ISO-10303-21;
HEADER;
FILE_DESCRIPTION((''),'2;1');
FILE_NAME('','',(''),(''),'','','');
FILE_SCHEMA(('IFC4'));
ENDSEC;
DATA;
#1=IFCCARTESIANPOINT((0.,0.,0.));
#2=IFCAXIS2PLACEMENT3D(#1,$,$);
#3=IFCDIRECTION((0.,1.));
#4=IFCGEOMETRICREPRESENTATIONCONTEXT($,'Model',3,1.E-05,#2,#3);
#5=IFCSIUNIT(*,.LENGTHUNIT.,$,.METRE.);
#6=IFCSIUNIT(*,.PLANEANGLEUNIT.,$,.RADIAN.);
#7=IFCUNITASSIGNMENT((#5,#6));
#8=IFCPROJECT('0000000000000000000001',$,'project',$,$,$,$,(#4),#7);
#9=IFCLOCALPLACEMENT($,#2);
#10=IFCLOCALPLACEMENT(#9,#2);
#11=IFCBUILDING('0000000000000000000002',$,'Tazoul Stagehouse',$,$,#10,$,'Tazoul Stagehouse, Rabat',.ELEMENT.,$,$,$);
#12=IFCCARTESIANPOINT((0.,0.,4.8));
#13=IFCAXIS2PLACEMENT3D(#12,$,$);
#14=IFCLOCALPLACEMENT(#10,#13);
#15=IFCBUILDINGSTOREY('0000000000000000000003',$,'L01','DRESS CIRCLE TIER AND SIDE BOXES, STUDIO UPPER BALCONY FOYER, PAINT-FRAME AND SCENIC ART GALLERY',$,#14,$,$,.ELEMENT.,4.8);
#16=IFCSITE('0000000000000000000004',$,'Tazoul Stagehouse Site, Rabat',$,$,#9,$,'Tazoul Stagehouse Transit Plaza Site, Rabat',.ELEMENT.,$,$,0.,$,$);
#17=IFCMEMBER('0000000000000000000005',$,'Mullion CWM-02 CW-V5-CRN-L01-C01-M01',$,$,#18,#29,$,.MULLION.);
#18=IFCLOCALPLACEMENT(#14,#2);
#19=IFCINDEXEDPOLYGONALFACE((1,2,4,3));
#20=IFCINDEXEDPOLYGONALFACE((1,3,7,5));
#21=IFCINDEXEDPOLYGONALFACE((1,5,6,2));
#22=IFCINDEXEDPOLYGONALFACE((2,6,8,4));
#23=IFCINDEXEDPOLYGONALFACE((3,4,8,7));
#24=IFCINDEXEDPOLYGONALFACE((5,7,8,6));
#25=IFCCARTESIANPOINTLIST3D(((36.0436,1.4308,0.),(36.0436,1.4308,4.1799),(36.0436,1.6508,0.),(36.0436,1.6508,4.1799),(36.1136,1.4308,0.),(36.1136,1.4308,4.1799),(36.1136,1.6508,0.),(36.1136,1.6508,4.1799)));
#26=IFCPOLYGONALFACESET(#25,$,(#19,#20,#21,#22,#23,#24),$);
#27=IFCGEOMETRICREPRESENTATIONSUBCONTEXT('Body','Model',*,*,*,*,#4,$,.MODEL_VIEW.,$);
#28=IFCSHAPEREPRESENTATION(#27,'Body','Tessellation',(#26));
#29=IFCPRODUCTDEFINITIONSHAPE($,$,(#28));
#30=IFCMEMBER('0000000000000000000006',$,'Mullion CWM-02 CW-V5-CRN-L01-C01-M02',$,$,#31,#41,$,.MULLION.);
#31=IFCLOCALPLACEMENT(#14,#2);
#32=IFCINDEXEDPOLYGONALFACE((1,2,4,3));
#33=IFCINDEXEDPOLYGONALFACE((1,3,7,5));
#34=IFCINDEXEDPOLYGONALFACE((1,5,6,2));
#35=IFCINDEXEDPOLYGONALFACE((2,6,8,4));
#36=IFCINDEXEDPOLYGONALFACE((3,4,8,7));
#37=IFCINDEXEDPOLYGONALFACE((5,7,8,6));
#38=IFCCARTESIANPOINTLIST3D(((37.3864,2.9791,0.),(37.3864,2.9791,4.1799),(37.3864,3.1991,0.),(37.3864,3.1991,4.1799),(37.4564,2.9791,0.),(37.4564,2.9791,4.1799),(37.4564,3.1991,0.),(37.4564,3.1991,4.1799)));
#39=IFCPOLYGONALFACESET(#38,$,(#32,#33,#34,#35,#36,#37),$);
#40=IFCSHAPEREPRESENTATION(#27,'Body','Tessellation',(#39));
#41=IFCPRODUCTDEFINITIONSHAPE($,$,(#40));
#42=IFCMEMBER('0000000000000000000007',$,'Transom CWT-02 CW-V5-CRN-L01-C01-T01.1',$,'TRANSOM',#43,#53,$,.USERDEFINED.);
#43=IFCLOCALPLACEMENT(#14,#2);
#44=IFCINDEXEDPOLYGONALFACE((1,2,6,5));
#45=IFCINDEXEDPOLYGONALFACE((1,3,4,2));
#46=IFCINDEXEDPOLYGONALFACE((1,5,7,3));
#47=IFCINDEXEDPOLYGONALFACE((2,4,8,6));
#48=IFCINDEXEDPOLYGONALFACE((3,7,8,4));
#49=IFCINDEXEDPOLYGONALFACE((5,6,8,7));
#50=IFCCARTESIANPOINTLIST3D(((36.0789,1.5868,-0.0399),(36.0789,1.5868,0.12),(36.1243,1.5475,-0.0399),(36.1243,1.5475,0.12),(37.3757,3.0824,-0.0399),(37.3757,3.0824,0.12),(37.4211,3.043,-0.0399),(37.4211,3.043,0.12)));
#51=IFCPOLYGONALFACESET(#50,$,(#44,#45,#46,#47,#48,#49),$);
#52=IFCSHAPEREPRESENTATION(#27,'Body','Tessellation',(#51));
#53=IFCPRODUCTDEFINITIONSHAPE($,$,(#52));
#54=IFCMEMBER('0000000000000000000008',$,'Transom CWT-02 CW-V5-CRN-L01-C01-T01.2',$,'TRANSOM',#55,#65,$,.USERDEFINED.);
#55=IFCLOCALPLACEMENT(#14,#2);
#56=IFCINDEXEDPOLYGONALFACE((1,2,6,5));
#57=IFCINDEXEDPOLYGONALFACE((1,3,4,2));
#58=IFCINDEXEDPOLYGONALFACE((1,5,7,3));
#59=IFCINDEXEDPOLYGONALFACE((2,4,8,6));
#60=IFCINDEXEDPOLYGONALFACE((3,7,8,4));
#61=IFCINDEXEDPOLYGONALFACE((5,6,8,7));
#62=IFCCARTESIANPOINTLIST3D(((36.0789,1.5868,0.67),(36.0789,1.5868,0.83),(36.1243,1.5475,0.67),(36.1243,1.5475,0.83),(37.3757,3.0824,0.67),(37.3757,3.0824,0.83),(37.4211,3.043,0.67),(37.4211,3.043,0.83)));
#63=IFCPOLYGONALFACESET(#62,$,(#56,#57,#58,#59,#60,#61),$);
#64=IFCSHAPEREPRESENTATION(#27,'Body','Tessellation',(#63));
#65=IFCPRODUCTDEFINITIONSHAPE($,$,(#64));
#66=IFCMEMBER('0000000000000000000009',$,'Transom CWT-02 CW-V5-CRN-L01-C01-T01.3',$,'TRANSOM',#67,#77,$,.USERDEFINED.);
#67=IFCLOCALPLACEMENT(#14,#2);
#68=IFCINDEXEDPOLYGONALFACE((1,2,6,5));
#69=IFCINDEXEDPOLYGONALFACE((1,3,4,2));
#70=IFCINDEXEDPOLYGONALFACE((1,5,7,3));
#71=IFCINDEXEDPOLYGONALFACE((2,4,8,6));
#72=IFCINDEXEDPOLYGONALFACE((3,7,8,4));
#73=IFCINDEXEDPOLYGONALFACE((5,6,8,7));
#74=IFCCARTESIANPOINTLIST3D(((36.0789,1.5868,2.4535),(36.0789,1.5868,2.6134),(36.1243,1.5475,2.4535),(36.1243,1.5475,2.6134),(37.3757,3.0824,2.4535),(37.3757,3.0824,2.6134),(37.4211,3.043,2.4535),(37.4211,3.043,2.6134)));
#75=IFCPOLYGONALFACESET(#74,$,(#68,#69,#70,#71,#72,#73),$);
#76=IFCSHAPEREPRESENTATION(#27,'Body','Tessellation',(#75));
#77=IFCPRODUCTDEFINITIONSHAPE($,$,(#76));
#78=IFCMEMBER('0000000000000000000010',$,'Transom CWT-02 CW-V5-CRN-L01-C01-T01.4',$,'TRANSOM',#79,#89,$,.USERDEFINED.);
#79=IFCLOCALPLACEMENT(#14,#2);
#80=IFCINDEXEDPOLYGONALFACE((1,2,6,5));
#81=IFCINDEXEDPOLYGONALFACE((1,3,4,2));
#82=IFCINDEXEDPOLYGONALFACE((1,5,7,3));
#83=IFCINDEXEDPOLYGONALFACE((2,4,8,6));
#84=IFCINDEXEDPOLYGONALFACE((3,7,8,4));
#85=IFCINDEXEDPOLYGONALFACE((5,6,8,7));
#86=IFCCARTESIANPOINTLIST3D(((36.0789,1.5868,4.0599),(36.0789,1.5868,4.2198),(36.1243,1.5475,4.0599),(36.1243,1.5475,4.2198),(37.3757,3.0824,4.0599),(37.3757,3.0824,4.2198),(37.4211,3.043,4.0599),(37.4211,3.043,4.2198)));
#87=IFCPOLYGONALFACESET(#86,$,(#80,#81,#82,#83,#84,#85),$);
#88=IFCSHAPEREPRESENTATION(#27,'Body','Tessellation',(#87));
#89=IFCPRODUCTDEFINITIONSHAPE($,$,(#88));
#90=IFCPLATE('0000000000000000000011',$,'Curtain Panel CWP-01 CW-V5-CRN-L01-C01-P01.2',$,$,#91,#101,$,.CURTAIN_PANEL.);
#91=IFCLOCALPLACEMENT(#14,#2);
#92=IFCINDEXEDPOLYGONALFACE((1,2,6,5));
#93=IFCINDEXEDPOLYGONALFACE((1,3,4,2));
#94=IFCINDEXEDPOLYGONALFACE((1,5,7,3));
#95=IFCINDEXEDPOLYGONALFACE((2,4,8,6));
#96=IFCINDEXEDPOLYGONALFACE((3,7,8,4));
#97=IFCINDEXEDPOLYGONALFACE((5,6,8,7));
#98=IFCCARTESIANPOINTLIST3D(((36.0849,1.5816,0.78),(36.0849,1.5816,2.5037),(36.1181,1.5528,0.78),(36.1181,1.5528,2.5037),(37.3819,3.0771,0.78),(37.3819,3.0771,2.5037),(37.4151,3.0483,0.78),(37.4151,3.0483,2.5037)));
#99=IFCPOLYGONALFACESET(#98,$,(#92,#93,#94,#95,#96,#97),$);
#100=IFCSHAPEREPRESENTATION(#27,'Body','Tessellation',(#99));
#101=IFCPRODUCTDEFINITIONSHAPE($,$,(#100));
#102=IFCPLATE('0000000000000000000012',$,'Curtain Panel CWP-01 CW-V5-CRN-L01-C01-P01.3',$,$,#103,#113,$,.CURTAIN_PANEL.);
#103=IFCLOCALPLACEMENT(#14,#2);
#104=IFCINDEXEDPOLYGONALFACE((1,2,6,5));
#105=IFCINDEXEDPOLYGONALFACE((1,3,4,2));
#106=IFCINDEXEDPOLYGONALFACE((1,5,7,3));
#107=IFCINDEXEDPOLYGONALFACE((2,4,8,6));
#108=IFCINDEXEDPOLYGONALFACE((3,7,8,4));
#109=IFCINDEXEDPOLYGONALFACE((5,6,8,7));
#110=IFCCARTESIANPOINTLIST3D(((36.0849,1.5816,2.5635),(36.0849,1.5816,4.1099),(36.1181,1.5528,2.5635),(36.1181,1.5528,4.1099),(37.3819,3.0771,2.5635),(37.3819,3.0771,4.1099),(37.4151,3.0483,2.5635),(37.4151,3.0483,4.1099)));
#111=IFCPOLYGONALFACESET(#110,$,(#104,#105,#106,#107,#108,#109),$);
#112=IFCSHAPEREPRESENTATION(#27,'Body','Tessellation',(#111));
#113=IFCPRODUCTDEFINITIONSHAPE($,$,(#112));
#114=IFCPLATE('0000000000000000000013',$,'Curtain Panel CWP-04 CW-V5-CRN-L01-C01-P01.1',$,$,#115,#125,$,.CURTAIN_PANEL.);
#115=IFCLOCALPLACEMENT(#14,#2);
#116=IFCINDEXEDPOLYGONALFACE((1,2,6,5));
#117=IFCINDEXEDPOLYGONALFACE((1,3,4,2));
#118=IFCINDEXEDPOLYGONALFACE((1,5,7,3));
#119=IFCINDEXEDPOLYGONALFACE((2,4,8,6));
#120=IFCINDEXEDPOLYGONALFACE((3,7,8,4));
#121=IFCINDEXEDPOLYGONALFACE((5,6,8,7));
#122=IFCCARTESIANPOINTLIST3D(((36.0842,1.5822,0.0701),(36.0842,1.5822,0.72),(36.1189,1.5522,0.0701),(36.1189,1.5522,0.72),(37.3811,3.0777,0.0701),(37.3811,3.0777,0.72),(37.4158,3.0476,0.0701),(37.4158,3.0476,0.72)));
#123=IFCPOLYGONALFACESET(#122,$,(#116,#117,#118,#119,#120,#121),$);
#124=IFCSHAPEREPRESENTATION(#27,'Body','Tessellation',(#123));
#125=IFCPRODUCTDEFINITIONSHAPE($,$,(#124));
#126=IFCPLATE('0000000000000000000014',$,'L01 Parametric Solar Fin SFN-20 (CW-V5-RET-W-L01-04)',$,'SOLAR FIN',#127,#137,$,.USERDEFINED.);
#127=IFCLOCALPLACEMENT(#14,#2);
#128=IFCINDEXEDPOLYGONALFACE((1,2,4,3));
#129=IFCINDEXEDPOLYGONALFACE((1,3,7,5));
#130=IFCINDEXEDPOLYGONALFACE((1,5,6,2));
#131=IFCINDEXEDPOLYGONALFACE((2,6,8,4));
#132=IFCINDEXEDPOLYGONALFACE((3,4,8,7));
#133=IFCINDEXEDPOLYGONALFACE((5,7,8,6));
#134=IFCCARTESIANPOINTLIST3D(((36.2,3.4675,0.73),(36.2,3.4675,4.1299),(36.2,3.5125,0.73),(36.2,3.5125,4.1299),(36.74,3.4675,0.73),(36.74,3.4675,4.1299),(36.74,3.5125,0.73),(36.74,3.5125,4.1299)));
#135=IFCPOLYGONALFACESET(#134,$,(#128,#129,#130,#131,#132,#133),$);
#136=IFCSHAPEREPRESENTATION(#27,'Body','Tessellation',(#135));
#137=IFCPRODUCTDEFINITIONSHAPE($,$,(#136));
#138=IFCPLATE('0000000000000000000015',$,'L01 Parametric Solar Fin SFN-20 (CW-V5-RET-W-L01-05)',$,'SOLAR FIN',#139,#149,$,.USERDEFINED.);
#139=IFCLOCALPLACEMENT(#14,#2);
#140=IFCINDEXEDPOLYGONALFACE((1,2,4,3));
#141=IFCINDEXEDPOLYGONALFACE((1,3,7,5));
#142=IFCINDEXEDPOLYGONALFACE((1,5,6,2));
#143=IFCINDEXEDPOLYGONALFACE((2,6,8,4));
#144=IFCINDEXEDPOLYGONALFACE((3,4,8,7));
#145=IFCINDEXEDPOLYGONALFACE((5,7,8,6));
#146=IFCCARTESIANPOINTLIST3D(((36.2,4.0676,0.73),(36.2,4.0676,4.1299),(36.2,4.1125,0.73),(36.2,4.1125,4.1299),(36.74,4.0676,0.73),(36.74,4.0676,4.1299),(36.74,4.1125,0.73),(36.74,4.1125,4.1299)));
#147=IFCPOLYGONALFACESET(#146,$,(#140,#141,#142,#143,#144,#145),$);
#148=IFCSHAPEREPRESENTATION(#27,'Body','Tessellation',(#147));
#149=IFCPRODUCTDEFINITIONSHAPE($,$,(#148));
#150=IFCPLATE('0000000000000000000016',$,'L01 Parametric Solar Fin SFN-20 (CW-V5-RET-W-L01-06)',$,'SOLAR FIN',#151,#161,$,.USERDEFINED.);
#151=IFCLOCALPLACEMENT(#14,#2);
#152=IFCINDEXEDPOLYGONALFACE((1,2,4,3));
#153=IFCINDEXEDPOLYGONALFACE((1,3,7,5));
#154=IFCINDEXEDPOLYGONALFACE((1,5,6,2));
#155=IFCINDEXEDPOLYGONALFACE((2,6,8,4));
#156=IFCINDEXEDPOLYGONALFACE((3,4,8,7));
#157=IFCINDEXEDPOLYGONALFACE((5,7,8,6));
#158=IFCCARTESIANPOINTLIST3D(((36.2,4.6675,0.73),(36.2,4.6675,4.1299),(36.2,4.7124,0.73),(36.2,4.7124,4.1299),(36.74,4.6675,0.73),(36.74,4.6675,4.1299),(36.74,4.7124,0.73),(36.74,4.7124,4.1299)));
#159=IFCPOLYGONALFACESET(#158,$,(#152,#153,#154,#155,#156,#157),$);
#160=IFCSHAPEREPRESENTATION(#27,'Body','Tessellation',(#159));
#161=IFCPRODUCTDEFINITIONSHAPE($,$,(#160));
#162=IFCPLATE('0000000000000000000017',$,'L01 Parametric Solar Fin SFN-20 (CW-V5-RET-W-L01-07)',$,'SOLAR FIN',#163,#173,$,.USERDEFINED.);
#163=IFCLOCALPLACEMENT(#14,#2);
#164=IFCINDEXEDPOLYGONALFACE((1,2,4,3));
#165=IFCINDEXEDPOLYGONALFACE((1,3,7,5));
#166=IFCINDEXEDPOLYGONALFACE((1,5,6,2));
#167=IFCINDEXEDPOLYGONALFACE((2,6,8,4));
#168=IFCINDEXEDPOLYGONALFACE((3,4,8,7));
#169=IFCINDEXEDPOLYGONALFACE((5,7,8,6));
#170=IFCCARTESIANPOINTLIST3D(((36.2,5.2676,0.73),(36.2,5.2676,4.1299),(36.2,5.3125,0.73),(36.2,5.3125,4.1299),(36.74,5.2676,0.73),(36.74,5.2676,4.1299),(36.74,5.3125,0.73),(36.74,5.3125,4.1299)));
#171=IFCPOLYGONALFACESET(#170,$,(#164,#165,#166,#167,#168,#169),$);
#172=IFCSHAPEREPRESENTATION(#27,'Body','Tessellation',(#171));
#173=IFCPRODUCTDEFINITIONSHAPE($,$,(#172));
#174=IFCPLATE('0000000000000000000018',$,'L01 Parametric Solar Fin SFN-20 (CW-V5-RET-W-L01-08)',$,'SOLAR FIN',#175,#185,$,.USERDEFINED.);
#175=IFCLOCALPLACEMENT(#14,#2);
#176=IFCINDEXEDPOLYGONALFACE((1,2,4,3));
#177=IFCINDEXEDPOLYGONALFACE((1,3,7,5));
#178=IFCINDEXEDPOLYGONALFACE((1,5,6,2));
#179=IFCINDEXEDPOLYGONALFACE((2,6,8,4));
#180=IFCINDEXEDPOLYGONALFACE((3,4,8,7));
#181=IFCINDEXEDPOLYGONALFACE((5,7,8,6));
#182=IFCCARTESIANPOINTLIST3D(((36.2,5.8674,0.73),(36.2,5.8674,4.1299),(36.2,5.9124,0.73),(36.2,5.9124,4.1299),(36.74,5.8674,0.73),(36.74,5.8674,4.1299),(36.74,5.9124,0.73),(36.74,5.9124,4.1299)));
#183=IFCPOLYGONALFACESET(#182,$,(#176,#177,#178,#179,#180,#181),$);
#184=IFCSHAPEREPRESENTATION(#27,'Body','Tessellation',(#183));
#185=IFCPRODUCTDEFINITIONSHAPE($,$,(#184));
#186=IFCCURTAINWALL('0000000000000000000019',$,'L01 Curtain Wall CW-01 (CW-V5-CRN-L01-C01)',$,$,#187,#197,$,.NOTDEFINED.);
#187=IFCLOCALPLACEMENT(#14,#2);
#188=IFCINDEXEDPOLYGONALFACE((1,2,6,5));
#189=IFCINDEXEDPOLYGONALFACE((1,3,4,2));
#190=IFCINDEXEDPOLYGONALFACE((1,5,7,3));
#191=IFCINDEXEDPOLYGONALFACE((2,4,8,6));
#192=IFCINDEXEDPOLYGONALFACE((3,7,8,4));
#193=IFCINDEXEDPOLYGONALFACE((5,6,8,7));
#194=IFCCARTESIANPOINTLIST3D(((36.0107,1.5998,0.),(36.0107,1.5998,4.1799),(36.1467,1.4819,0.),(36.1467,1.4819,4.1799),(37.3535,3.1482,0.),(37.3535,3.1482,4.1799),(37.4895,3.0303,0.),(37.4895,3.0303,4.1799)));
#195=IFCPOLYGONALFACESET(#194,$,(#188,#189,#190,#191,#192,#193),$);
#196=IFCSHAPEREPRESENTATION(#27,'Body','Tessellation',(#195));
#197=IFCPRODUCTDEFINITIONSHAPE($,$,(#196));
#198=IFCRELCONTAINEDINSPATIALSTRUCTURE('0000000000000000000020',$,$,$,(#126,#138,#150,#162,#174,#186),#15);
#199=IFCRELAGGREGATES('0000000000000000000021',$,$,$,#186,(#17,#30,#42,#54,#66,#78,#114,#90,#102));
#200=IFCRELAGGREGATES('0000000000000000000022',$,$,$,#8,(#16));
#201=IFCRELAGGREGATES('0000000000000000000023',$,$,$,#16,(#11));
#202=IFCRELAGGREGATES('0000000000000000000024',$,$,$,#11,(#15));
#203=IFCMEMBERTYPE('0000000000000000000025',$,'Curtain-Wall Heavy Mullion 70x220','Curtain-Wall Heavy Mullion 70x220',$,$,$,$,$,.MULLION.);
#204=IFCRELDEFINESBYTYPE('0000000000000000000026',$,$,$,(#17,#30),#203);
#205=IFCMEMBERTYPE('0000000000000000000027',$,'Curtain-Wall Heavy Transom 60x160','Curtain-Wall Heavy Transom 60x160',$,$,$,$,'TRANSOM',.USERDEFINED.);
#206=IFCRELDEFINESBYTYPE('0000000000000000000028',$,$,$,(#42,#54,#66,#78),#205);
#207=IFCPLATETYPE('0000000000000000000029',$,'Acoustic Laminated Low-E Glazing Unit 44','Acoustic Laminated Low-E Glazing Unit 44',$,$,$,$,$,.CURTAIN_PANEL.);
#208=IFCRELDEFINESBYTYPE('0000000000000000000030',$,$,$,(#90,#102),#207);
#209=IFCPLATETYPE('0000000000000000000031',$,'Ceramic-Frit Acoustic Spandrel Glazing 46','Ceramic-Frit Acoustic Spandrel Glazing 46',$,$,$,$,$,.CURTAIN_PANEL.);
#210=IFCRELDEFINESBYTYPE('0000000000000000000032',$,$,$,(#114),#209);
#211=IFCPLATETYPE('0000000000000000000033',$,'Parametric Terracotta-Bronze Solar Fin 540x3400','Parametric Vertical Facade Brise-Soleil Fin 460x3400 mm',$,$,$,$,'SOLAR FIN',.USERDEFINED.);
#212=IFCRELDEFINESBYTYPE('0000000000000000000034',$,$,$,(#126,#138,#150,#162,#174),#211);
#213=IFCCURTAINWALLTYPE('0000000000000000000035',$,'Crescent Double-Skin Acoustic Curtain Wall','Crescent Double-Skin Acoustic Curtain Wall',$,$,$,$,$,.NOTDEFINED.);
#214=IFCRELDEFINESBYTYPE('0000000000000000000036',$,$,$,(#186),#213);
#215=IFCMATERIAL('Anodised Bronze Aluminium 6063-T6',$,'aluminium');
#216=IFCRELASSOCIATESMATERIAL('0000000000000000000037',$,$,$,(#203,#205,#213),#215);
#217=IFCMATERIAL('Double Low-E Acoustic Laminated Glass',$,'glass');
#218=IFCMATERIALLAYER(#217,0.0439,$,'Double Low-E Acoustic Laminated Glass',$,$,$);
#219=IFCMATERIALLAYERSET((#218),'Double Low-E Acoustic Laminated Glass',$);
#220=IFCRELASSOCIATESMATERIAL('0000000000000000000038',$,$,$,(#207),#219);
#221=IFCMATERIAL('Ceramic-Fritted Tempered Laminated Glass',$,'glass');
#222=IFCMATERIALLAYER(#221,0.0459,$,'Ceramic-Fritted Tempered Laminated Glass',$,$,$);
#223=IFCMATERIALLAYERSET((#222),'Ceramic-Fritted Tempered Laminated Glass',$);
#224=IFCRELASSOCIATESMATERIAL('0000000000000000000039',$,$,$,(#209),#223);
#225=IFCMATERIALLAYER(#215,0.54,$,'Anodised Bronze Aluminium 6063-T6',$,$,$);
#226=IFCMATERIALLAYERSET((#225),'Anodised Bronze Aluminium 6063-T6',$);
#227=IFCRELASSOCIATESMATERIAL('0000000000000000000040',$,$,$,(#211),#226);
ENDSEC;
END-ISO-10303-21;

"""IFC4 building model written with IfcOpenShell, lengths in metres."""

from ifc_helpers import new_model, si_unit, direction, frame, frame_2d, origin, origin_2d, place, context, subcontext, project, spatial, rectangle, extrude, material, layer, layer_set, material_profile, profile_set, type_object, element, aggregate, save


model = new_model("IFC4")

# Units and contexts
model_context = context("Model", 3, precision=1e-05, world=origin(), true_north=direction((0.0, 1.0)))
body_context = subcontext(model_context, "Body", "Model", "MODEL_VIEW")
ifc_project = project(units=[si_unit("LENGTHUNIT", "METRE"), si_unit("PLANEANGLEUNIT", "RADIAN")], contexts=[model_context])

# Members
ifc_material_1 = material(Name="Anodised Bronze Aluminium 6063-T6", Category="aluminium")
ifc_material_profile_1 = material_profile(ifc_material_1, rectangle(XDim=0.0701, YDim=0.22, at=origin_2d()), Name="ALU MULLION 70x220")
ifc_profile_set_1 = profile_set([ifc_material_profile_1], Name="Anodised Bronze Aluminium 6063-T6")
member_type_1 = type_object("IfcMemberType", Name="Curtain-Wall Heavy Mullion 70x220", Description="Curtain-Wall Heavy Mullion 70x220", PredefinedType="MULLION", material=ifc_profile_set_1)
site_placement = place(None, origin())
building_placement = place(site_placement, origin())
storey_placement = place(building_placement, frame((0.0, 0.0, 4.8)))
member_1_placement = place(storey_placement, frame((36.0786, 1.5408, 0.0), z_axis=(0.0, 0.0, 1.0), x_axis=(1.0, 0.0, 0.0)))
member_1 = element("IfcMember", 1, at=member_1_placement, type_object=member_type_1, Name="Mullion CWM-02 CW-V5-CRN-L01-C01-M01", PredefinedType="MULLION", context=body_context, shape_type="SweptSolid", body=[
    extrude(rectangle(XDim=0.0701, YDim=0.22, at=origin_2d()), origin(), (0.0, 0.0, 1.0), 4.1799),
])
member_2_placement = place(storey_placement, frame((37.4214, 3.0891, 0.0), z_axis=(0.0, 0.0, 1.0), x_axis=(1.0, 0.0, 0.0)))
member_2 = element("IfcMember", 2, at=member_2_placement, type_object=member_type_1, Name="Mullion CWM-02 CW-V5-CRN-L01-C01-M02", PredefinedType="MULLION", context=body_context, shape_type="SweptSolid", body=[
    extrude(rectangle(XDim=0.0701, YDim=0.22, at=origin_2d()), origin(), (0.0, 0.0, 1.0), 4.1799),
])
ifc_material_profile_2 = material_profile(ifc_material_1, rectangle(XDim=0.0601, YDim=0.1599, at=origin_2d()), Name="ALU TRANSOM 60x160")
ifc_profile_set_2 = profile_set([ifc_material_profile_2], Name="Anodised Bronze Aluminium 6063-T6")
member_type_2 = type_object("IfcMemberType", Name="Curtain-Wall Heavy Transom 60x160", Description="Curtain-Wall Heavy Transom 60x160", ElementType="TRANSOM", PredefinedType="USERDEFINED", material=ifc_profile_set_2)
member_3_placement = place(storey_placement, frame((36.1016, 1.5671, 0.04), z_axis=(0.655128, 0.755518, 0.0), x_axis=(-0.755518, 0.655128, 0.0)))
member_3 = element("IfcMember", 3, at=member_3_placement, type_object=member_type_2, Name="Transom CWT-02 CW-V5-CRN-L01-C01-T01.1", ObjectType="TRANSOM", PredefinedType="USERDEFINED", context=body_context, shape_type="SweptSolid", body=[
    extrude(rectangle(XDim=0.0601, YDim=0.1599, at=origin_2d()), origin(), (0.0, 0.0, 1.0), 1.9795),
])
member_4_placement = place(storey_placement, frame((36.1016, 1.5671, 0.75), z_axis=(0.655128, 0.755518, 0.0), x_axis=(-0.755518, 0.655128, 0.0)))
member_4 = element("IfcMember", 4, at=member_4_placement, type_object=member_type_2, Name="Transom CWT-02 CW-V5-CRN-L01-C01-T01.2", ObjectType="TRANSOM", PredefinedType="USERDEFINED", context=body_context, shape_type="SweptSolid", body=[
    extrude(rectangle(XDim=0.0601, YDim=0.1599, at=origin_2d()), origin(), (0.0, 0.0, 1.0), 1.9795),
])
member_5_placement = place(storey_placement, frame((36.1016, 1.5671, 2.5334), z_axis=(0.655128, 0.755518, 0.0), x_axis=(-0.755518, 0.655128, 0.0)))
member_5 = element("IfcMember", 5, at=member_5_placement, type_object=member_type_2, Name="Transom CWT-02 CW-V5-CRN-L01-C01-T01.3", ObjectType="TRANSOM", PredefinedType="USERDEFINED", context=body_context, shape_type="SweptSolid", body=[
    extrude(rectangle(XDim=0.0601, YDim=0.1599, at=origin_2d()), origin(), (0.0, 0.0, 1.0), 1.9795),
])
member_6_placement = place(storey_placement, frame((36.1016, 1.5671, 4.1399), z_axis=(0.655128, 0.755518, 0.0), x_axis=(-0.755518, 0.655128, 0.0)))
member_6 = element("IfcMember", 6, at=member_6_placement, type_object=member_type_2, Name="Transom CWT-02 CW-V5-CRN-L01-C01-T01.4", ObjectType="TRANSOM", PredefinedType="USERDEFINED", context=body_context, shape_type="SweptSolid", body=[
    extrude(rectangle(XDim=0.0601, YDim=0.1599, at=origin_2d()), origin(), (0.0, 0.0, 1.0), 1.9795),
])

# Plates
ifc_material_2 = material(Name="Double Low-E Acoustic Laminated Glass", Category="glass")
ifc_layer_1 = layer(ifc_material_2, 0.0439, Name="Double Low-E Acoustic Laminated Glass")
ifc_layer_set_1 = layer_set([ifc_layer_1], Name="Double Low-E Acoustic Laminated Glass")
plate_type_1 = type_object("IfcPlateType", Name="Acoustic Laminated Low-E Glazing Unit 44", Description="Acoustic Laminated Low-E Glazing Unit 44", PredefinedType="CURTAIN_PANEL", material=ifc_layer_set_1)
plate_1_placement = place(storey_placement, frame((36.75, 2.3149, 0.78), z_axis=(0.0, 0.0, 1.0), x_axis=(0.655168, 0.755483, 0.0)))
plate_1 = element("IfcPlate", 7, at=plate_1_placement, type_object=plate_type_1, Name="Curtain Panel CWP-01 CW-V5-CRN-L01-C01-P01.2", PredefinedType="CURTAIN_PANEL", context=body_context, shape_type="SweptSolid", body=[
    extrude(rectangle(XDim=1.9795, YDim=0.0439, at=origin_2d()), origin(), (0.0, 0.0, 1.0), 1.7236),
])
plate_2_placement = place(storey_placement, frame((36.75, 2.3149, 2.5635), z_axis=(0.0, 0.0, 1.0), x_axis=(0.655168, 0.755483, 0.0)))
plate_2 = element("IfcPlate", 8, at=plate_2_placement, type_object=plate_type_1, Name="Curtain Panel CWP-01 CW-V5-CRN-L01-C01-P01.3", PredefinedType="CURTAIN_PANEL", context=body_context, shape_type="SweptSolid", body=[
    extrude(rectangle(XDim=1.9795, YDim=0.0439, at=origin_2d()), origin(), (0.0, 0.0, 1.0), 1.5464),
])
ifc_material_3 = material(Name="Ceramic-Fritted Tempered Laminated Glass", Category="glass")
ifc_layer_2 = layer(ifc_material_3, 0.0459, Name="Ceramic-Fritted Tempered Laminated Glass")
ifc_layer_set_2 = layer_set([ifc_layer_2], Name="Ceramic-Fritted Tempered Laminated Glass")
plate_type_2 = type_object("IfcPlateType", Name="Ceramic-Frit Acoustic Spandrel Glazing 46", Description="Ceramic-Frit Acoustic Spandrel Glazing 46", PredefinedType="CURTAIN_PANEL", material=ifc_layer_set_2)
plate_3_placement = place(storey_placement, frame((36.75, 2.3149, 0.0701), z_axis=(0.0, 0.0, 1.0), x_axis=(0.655168, 0.755483, 0.0)))
plate_3 = element("IfcPlate", 9, at=plate_3_placement, type_object=plate_type_2, Name="Curtain Panel CWP-04 CW-V5-CRN-L01-C01-P01.1", PredefinedType="CURTAIN_PANEL", context=body_context, shape_type="SweptSolid", body=[
    extrude(rectangle(XDim=1.9795, YDim=0.0459, at=origin_2d()), origin(), (0.0, 0.0, 1.0), 0.6499),
])

# Site, building, storey
site = spatial("IfcSite", under=ifc_project, at=site_placement, Name="Tazoul Stagehouse Site, Rabat", LongName="Tazoul Stagehouse Transit Plaza Site, Rabat", CompositionType="ELEMENT", RefElevation=0.0)
building = spatial("IfcBuilding", under=site, at=building_placement, Name="Tazoul Stagehouse", LongName="Tazoul Stagehouse, Rabat", CompositionType="ELEMENT")
storey = spatial("IfcBuildingStorey", under=building, at=storey_placement, Name="L01", Description="DRESS CIRCLE TIER AND SIDE BOXES, STUDIO UPPER BALCONY FOYER, PAINT-FRAME AND SCENIC ART GALLERY", CompositionType="ELEMENT", Elevation=4.8)

# Plates
ifc_layer_3 = layer(ifc_material_1, 0.54, Name="Anodised Bronze Aluminium 6063-T6")
ifc_layer_set_3 = layer_set([ifc_layer_3], Name="Anodised Bronze Aluminium 6063-T6")
plate_type_3 = type_object("IfcPlateType", Name="Parametric Terracotta-Bronze Solar Fin 540x3400", Description="Parametric Vertical Facade Brise-Soleil Fin 460x3400 mm", ElementType="SOLAR FIN", PredefinedType="USERDEFINED", material=ifc_layer_set_3)
for number, where, z_axis, x_axis, name in (
    (10, (36.47, 3.49, 0.73), (0.0, 0.0, 1.0), (0.0, 1.0, 0.0), "L01 Parametric Solar Fin SFN-20 (CW-V5-RET-W-L01-04)"),
    (11, (36.47, 4.0901, 0.73), (0.0, 0.0, 1.0), (0.0, 1.0, 0.0), "L01 Parametric Solar Fin SFN-20 (CW-V5-RET-W-L01-05)"),
    (12, (36.47, 4.6899, 0.73), (0.0, 0.0, 1.0), (0.0, 1.0, 0.0), "L01 Parametric Solar Fin SFN-20 (CW-V5-RET-W-L01-06)"),
    (13, (36.47, 5.29, 0.73), (0.0, 0.0, 1.0), (0.0, 1.0, 0.0), "L01 Parametric Solar Fin SFN-20 (CW-V5-RET-W-L01-07)"),
    (14, (36.47, 5.8899, 0.73), (0.0, 0.0, 1.0), (0.0, 1.0, 0.0), "L01 Parametric Solar Fin SFN-20 (CW-V5-RET-W-L01-08)"),
):
    element("IfcPlate", number, at=place(storey_placement, frame(where, z_axis=z_axis, x_axis=x_axis)), inside=storey, type_object=plate_type_3, Name=name, ObjectType="SOLAR FIN", PredefinedType="USERDEFINED", context=body_context, shape_type="SweptSolid", body=[
        extrude(rectangle(XDim=0.0449, YDim=0.54, at=origin_2d()), origin(), (0.0, 0.0, 1.0), 3.3999),
    ])

# Curtain wall
curtain_wall_type = type_object("IfcCurtainWallType", Name="Crescent Double-Skin Acoustic Curtain Wall", Description="Crescent Double-Skin Acoustic Curtain Wall", PredefinedType="NOTDEFINED", material=ifc_material_1)
curtain_wall_placement = place(storey_placement, frame((36.0786, 1.5408, 0.0), z_axis=(0.0, 0.0, 1.0), x_axis=(0.655175, 0.755477, 0.0)))
curtain_wall = element("IfcCurtainWall", 15, at=curtain_wall_placement, inside=storey, type_object=curtain_wall_type, Name="L01 Curtain Wall CW-01 (CW-V5-CRN-L01-C01)", PredefinedType="NOTDEFINED", context=body_context, shape_type="SweptSolid", body=[
    extrude(rectangle(XDim=2.0496, YDim=0.1799, at=frame_2d((1.0249, 0.0))), origin(), (0.0, 0.0, 1.0), 4.1799),
])
aggregate(curtain_wall, [member_1, member_2, member_3, member_4, member_5, member_6, plate_3, plate_1, plate_2])

save(model, "model.ifc")
